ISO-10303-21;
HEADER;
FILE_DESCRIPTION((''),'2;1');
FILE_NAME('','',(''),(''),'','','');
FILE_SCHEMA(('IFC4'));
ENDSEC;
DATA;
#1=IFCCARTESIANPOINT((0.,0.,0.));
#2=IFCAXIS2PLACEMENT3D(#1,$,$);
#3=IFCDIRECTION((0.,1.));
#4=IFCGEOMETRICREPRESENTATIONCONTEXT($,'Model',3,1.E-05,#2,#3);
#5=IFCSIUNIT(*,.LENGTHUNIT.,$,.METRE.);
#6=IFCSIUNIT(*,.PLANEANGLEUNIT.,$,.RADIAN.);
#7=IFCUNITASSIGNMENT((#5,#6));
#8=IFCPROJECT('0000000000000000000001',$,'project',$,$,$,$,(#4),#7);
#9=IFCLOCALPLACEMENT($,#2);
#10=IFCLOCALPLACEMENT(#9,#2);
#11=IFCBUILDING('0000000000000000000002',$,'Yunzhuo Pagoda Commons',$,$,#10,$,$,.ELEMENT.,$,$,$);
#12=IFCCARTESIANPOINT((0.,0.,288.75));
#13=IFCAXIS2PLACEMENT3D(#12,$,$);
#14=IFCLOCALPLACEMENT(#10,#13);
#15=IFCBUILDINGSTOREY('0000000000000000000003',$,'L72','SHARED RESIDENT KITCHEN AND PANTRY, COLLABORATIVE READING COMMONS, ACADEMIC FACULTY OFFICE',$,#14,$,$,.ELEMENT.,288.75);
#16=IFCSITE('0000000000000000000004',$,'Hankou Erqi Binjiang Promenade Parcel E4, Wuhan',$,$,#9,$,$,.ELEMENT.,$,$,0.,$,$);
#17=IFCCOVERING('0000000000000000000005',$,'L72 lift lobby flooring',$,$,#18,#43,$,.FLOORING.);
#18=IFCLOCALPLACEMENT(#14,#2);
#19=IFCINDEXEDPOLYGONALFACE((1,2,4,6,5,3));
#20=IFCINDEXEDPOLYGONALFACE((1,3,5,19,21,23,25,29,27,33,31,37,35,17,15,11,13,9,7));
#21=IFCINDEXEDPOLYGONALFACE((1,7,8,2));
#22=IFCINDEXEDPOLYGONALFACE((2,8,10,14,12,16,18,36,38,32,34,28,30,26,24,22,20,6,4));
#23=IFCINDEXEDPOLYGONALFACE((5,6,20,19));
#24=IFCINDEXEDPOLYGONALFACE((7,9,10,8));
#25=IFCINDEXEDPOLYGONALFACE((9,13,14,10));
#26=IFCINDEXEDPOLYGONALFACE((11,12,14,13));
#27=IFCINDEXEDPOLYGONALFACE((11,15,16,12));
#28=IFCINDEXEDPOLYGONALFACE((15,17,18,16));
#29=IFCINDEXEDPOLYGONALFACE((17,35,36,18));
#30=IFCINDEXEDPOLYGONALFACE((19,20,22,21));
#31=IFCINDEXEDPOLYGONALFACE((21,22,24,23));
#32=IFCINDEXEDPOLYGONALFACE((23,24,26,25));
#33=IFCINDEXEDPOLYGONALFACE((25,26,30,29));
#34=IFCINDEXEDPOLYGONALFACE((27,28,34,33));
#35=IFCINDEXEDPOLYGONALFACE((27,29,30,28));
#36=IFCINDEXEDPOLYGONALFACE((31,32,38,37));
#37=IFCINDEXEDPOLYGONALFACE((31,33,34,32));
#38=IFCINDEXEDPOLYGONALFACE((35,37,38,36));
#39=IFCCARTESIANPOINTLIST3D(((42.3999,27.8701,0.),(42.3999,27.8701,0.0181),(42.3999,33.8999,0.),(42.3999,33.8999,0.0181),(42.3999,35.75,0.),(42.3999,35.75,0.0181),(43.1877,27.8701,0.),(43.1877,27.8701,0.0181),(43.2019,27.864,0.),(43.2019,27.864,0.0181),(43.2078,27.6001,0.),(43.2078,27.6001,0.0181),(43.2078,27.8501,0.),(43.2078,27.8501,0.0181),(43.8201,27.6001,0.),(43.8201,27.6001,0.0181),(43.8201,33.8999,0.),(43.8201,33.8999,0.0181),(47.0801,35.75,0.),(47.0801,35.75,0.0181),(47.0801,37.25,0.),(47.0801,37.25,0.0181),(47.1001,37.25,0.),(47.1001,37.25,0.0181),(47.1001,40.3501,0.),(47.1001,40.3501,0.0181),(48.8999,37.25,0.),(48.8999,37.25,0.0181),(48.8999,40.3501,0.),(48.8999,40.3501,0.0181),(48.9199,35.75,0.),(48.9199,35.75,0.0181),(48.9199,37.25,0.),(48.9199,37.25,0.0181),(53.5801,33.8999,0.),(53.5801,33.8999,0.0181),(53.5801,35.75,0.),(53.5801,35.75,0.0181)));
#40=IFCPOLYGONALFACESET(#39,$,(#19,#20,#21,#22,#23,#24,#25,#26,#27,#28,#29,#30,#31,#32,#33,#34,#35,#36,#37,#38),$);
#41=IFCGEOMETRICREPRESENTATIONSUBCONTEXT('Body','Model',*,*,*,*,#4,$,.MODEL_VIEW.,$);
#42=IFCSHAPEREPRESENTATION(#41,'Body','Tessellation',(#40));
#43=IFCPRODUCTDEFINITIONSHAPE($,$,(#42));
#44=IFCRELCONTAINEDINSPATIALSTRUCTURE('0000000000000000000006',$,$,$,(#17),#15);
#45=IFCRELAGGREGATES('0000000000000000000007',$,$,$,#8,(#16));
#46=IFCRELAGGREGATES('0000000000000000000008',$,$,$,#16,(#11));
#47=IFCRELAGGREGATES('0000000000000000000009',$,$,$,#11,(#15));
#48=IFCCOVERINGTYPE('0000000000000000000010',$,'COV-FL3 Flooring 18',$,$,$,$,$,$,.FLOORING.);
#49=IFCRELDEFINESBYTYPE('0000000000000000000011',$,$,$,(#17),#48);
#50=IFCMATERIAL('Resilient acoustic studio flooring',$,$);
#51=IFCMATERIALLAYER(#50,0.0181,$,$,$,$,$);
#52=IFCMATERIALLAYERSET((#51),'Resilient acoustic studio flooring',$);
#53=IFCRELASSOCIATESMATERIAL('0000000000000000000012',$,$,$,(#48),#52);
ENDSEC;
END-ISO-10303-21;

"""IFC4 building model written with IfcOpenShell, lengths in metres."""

from ifc_helpers import new_model, si_unit, direction, frame, origin, place, context, subcontext, project, spatial, polyline, outline, extrude, material, layer, layer_set, type_object, element, save


model = new_model("IFC4")

# Units and contexts
model_context = context("Model", 3, precision=1e-05, world=origin(), true_north=direction((0.0, 1.0)))
body_context = subcontext(model_context, "Body", "Model", "MODEL_VIEW")
ifc_project = project(units=[si_unit("LENGTHUNIT", "METRE"), si_unit("PLANEANGLEUNIT", "RADIAN")], contexts=[model_context])

# Site, building, storey
site_placement = place(None, origin())
site = spatial("IfcSite", under=ifc_project, at=site_placement, Name="Hankou Erqi Binjiang Promenade Parcel E4, Wuhan", CompositionType="ELEMENT", RefElevation=0.0)
building_placement = place(site_placement, origin())
building = spatial("IfcBuilding", under=site, at=building_placement, Name="Yunzhuo Pagoda Commons", CompositionType="ELEMENT")
storey_placement = place(building_placement, frame((0.0, 0.0, 288.75)))
storey = spatial("IfcBuildingStorey", under=building, at=storey_placement, Name="L72", Description="SHARED RESIDENT KITCHEN AND PANTRY, COLLABORATIVE READING COMMONS, ACADEMIC FACULTY OFFICE", CompositionType="ELEMENT", Elevation=288.75)

# Covering
ifc_material_1 = material(Name="Resilient acoustic studio flooring")
ifc_layer_1 = layer(ifc_material_1, 0.0181)
ifc_layer_set_1 = layer_set([ifc_layer_1], Name="Resilient acoustic studio flooring")
covering_type_1 = type_object("IfcCoveringType", Name="COV-FL3 Flooring 18", PredefinedType="FLOORING", material=ifc_layer_set_1)
covering_1_placement = place(storey_placement, origin())
element("IfcCovering", 1, at=covering_1_placement, inside=storey, type_object=covering_type_1, Name="L72 lift lobby flooring", PredefinedType="FLOORING", context=body_context, shape_type="SweptSolid", body=[
    extrude(outline(polyline([(42.3999, 35.75), (47.0801, 35.75), (47.0801, 37.25), (47.1001, 37.25), (47.1001, 40.3501), (48.8999, 40.3501), (48.8999, 37.25), (48.9199, 37.25), (48.9199, 35.75), (53.5801, 35.75), (53.5801, 33.8999), (43.8201, 33.8999), (43.8201, 27.6001), (43.2078, 27.6001), (43.2078, 27.8501), (43.2019, 27.864), (43.1877, 27.8701), (42.3999, 27.8701), (42.3999, 33.8999), (42.3999, 35.75)])), origin(), (0.0, 0.0, 1.0), 0.0181),
])

save(model, "model.ifc")
